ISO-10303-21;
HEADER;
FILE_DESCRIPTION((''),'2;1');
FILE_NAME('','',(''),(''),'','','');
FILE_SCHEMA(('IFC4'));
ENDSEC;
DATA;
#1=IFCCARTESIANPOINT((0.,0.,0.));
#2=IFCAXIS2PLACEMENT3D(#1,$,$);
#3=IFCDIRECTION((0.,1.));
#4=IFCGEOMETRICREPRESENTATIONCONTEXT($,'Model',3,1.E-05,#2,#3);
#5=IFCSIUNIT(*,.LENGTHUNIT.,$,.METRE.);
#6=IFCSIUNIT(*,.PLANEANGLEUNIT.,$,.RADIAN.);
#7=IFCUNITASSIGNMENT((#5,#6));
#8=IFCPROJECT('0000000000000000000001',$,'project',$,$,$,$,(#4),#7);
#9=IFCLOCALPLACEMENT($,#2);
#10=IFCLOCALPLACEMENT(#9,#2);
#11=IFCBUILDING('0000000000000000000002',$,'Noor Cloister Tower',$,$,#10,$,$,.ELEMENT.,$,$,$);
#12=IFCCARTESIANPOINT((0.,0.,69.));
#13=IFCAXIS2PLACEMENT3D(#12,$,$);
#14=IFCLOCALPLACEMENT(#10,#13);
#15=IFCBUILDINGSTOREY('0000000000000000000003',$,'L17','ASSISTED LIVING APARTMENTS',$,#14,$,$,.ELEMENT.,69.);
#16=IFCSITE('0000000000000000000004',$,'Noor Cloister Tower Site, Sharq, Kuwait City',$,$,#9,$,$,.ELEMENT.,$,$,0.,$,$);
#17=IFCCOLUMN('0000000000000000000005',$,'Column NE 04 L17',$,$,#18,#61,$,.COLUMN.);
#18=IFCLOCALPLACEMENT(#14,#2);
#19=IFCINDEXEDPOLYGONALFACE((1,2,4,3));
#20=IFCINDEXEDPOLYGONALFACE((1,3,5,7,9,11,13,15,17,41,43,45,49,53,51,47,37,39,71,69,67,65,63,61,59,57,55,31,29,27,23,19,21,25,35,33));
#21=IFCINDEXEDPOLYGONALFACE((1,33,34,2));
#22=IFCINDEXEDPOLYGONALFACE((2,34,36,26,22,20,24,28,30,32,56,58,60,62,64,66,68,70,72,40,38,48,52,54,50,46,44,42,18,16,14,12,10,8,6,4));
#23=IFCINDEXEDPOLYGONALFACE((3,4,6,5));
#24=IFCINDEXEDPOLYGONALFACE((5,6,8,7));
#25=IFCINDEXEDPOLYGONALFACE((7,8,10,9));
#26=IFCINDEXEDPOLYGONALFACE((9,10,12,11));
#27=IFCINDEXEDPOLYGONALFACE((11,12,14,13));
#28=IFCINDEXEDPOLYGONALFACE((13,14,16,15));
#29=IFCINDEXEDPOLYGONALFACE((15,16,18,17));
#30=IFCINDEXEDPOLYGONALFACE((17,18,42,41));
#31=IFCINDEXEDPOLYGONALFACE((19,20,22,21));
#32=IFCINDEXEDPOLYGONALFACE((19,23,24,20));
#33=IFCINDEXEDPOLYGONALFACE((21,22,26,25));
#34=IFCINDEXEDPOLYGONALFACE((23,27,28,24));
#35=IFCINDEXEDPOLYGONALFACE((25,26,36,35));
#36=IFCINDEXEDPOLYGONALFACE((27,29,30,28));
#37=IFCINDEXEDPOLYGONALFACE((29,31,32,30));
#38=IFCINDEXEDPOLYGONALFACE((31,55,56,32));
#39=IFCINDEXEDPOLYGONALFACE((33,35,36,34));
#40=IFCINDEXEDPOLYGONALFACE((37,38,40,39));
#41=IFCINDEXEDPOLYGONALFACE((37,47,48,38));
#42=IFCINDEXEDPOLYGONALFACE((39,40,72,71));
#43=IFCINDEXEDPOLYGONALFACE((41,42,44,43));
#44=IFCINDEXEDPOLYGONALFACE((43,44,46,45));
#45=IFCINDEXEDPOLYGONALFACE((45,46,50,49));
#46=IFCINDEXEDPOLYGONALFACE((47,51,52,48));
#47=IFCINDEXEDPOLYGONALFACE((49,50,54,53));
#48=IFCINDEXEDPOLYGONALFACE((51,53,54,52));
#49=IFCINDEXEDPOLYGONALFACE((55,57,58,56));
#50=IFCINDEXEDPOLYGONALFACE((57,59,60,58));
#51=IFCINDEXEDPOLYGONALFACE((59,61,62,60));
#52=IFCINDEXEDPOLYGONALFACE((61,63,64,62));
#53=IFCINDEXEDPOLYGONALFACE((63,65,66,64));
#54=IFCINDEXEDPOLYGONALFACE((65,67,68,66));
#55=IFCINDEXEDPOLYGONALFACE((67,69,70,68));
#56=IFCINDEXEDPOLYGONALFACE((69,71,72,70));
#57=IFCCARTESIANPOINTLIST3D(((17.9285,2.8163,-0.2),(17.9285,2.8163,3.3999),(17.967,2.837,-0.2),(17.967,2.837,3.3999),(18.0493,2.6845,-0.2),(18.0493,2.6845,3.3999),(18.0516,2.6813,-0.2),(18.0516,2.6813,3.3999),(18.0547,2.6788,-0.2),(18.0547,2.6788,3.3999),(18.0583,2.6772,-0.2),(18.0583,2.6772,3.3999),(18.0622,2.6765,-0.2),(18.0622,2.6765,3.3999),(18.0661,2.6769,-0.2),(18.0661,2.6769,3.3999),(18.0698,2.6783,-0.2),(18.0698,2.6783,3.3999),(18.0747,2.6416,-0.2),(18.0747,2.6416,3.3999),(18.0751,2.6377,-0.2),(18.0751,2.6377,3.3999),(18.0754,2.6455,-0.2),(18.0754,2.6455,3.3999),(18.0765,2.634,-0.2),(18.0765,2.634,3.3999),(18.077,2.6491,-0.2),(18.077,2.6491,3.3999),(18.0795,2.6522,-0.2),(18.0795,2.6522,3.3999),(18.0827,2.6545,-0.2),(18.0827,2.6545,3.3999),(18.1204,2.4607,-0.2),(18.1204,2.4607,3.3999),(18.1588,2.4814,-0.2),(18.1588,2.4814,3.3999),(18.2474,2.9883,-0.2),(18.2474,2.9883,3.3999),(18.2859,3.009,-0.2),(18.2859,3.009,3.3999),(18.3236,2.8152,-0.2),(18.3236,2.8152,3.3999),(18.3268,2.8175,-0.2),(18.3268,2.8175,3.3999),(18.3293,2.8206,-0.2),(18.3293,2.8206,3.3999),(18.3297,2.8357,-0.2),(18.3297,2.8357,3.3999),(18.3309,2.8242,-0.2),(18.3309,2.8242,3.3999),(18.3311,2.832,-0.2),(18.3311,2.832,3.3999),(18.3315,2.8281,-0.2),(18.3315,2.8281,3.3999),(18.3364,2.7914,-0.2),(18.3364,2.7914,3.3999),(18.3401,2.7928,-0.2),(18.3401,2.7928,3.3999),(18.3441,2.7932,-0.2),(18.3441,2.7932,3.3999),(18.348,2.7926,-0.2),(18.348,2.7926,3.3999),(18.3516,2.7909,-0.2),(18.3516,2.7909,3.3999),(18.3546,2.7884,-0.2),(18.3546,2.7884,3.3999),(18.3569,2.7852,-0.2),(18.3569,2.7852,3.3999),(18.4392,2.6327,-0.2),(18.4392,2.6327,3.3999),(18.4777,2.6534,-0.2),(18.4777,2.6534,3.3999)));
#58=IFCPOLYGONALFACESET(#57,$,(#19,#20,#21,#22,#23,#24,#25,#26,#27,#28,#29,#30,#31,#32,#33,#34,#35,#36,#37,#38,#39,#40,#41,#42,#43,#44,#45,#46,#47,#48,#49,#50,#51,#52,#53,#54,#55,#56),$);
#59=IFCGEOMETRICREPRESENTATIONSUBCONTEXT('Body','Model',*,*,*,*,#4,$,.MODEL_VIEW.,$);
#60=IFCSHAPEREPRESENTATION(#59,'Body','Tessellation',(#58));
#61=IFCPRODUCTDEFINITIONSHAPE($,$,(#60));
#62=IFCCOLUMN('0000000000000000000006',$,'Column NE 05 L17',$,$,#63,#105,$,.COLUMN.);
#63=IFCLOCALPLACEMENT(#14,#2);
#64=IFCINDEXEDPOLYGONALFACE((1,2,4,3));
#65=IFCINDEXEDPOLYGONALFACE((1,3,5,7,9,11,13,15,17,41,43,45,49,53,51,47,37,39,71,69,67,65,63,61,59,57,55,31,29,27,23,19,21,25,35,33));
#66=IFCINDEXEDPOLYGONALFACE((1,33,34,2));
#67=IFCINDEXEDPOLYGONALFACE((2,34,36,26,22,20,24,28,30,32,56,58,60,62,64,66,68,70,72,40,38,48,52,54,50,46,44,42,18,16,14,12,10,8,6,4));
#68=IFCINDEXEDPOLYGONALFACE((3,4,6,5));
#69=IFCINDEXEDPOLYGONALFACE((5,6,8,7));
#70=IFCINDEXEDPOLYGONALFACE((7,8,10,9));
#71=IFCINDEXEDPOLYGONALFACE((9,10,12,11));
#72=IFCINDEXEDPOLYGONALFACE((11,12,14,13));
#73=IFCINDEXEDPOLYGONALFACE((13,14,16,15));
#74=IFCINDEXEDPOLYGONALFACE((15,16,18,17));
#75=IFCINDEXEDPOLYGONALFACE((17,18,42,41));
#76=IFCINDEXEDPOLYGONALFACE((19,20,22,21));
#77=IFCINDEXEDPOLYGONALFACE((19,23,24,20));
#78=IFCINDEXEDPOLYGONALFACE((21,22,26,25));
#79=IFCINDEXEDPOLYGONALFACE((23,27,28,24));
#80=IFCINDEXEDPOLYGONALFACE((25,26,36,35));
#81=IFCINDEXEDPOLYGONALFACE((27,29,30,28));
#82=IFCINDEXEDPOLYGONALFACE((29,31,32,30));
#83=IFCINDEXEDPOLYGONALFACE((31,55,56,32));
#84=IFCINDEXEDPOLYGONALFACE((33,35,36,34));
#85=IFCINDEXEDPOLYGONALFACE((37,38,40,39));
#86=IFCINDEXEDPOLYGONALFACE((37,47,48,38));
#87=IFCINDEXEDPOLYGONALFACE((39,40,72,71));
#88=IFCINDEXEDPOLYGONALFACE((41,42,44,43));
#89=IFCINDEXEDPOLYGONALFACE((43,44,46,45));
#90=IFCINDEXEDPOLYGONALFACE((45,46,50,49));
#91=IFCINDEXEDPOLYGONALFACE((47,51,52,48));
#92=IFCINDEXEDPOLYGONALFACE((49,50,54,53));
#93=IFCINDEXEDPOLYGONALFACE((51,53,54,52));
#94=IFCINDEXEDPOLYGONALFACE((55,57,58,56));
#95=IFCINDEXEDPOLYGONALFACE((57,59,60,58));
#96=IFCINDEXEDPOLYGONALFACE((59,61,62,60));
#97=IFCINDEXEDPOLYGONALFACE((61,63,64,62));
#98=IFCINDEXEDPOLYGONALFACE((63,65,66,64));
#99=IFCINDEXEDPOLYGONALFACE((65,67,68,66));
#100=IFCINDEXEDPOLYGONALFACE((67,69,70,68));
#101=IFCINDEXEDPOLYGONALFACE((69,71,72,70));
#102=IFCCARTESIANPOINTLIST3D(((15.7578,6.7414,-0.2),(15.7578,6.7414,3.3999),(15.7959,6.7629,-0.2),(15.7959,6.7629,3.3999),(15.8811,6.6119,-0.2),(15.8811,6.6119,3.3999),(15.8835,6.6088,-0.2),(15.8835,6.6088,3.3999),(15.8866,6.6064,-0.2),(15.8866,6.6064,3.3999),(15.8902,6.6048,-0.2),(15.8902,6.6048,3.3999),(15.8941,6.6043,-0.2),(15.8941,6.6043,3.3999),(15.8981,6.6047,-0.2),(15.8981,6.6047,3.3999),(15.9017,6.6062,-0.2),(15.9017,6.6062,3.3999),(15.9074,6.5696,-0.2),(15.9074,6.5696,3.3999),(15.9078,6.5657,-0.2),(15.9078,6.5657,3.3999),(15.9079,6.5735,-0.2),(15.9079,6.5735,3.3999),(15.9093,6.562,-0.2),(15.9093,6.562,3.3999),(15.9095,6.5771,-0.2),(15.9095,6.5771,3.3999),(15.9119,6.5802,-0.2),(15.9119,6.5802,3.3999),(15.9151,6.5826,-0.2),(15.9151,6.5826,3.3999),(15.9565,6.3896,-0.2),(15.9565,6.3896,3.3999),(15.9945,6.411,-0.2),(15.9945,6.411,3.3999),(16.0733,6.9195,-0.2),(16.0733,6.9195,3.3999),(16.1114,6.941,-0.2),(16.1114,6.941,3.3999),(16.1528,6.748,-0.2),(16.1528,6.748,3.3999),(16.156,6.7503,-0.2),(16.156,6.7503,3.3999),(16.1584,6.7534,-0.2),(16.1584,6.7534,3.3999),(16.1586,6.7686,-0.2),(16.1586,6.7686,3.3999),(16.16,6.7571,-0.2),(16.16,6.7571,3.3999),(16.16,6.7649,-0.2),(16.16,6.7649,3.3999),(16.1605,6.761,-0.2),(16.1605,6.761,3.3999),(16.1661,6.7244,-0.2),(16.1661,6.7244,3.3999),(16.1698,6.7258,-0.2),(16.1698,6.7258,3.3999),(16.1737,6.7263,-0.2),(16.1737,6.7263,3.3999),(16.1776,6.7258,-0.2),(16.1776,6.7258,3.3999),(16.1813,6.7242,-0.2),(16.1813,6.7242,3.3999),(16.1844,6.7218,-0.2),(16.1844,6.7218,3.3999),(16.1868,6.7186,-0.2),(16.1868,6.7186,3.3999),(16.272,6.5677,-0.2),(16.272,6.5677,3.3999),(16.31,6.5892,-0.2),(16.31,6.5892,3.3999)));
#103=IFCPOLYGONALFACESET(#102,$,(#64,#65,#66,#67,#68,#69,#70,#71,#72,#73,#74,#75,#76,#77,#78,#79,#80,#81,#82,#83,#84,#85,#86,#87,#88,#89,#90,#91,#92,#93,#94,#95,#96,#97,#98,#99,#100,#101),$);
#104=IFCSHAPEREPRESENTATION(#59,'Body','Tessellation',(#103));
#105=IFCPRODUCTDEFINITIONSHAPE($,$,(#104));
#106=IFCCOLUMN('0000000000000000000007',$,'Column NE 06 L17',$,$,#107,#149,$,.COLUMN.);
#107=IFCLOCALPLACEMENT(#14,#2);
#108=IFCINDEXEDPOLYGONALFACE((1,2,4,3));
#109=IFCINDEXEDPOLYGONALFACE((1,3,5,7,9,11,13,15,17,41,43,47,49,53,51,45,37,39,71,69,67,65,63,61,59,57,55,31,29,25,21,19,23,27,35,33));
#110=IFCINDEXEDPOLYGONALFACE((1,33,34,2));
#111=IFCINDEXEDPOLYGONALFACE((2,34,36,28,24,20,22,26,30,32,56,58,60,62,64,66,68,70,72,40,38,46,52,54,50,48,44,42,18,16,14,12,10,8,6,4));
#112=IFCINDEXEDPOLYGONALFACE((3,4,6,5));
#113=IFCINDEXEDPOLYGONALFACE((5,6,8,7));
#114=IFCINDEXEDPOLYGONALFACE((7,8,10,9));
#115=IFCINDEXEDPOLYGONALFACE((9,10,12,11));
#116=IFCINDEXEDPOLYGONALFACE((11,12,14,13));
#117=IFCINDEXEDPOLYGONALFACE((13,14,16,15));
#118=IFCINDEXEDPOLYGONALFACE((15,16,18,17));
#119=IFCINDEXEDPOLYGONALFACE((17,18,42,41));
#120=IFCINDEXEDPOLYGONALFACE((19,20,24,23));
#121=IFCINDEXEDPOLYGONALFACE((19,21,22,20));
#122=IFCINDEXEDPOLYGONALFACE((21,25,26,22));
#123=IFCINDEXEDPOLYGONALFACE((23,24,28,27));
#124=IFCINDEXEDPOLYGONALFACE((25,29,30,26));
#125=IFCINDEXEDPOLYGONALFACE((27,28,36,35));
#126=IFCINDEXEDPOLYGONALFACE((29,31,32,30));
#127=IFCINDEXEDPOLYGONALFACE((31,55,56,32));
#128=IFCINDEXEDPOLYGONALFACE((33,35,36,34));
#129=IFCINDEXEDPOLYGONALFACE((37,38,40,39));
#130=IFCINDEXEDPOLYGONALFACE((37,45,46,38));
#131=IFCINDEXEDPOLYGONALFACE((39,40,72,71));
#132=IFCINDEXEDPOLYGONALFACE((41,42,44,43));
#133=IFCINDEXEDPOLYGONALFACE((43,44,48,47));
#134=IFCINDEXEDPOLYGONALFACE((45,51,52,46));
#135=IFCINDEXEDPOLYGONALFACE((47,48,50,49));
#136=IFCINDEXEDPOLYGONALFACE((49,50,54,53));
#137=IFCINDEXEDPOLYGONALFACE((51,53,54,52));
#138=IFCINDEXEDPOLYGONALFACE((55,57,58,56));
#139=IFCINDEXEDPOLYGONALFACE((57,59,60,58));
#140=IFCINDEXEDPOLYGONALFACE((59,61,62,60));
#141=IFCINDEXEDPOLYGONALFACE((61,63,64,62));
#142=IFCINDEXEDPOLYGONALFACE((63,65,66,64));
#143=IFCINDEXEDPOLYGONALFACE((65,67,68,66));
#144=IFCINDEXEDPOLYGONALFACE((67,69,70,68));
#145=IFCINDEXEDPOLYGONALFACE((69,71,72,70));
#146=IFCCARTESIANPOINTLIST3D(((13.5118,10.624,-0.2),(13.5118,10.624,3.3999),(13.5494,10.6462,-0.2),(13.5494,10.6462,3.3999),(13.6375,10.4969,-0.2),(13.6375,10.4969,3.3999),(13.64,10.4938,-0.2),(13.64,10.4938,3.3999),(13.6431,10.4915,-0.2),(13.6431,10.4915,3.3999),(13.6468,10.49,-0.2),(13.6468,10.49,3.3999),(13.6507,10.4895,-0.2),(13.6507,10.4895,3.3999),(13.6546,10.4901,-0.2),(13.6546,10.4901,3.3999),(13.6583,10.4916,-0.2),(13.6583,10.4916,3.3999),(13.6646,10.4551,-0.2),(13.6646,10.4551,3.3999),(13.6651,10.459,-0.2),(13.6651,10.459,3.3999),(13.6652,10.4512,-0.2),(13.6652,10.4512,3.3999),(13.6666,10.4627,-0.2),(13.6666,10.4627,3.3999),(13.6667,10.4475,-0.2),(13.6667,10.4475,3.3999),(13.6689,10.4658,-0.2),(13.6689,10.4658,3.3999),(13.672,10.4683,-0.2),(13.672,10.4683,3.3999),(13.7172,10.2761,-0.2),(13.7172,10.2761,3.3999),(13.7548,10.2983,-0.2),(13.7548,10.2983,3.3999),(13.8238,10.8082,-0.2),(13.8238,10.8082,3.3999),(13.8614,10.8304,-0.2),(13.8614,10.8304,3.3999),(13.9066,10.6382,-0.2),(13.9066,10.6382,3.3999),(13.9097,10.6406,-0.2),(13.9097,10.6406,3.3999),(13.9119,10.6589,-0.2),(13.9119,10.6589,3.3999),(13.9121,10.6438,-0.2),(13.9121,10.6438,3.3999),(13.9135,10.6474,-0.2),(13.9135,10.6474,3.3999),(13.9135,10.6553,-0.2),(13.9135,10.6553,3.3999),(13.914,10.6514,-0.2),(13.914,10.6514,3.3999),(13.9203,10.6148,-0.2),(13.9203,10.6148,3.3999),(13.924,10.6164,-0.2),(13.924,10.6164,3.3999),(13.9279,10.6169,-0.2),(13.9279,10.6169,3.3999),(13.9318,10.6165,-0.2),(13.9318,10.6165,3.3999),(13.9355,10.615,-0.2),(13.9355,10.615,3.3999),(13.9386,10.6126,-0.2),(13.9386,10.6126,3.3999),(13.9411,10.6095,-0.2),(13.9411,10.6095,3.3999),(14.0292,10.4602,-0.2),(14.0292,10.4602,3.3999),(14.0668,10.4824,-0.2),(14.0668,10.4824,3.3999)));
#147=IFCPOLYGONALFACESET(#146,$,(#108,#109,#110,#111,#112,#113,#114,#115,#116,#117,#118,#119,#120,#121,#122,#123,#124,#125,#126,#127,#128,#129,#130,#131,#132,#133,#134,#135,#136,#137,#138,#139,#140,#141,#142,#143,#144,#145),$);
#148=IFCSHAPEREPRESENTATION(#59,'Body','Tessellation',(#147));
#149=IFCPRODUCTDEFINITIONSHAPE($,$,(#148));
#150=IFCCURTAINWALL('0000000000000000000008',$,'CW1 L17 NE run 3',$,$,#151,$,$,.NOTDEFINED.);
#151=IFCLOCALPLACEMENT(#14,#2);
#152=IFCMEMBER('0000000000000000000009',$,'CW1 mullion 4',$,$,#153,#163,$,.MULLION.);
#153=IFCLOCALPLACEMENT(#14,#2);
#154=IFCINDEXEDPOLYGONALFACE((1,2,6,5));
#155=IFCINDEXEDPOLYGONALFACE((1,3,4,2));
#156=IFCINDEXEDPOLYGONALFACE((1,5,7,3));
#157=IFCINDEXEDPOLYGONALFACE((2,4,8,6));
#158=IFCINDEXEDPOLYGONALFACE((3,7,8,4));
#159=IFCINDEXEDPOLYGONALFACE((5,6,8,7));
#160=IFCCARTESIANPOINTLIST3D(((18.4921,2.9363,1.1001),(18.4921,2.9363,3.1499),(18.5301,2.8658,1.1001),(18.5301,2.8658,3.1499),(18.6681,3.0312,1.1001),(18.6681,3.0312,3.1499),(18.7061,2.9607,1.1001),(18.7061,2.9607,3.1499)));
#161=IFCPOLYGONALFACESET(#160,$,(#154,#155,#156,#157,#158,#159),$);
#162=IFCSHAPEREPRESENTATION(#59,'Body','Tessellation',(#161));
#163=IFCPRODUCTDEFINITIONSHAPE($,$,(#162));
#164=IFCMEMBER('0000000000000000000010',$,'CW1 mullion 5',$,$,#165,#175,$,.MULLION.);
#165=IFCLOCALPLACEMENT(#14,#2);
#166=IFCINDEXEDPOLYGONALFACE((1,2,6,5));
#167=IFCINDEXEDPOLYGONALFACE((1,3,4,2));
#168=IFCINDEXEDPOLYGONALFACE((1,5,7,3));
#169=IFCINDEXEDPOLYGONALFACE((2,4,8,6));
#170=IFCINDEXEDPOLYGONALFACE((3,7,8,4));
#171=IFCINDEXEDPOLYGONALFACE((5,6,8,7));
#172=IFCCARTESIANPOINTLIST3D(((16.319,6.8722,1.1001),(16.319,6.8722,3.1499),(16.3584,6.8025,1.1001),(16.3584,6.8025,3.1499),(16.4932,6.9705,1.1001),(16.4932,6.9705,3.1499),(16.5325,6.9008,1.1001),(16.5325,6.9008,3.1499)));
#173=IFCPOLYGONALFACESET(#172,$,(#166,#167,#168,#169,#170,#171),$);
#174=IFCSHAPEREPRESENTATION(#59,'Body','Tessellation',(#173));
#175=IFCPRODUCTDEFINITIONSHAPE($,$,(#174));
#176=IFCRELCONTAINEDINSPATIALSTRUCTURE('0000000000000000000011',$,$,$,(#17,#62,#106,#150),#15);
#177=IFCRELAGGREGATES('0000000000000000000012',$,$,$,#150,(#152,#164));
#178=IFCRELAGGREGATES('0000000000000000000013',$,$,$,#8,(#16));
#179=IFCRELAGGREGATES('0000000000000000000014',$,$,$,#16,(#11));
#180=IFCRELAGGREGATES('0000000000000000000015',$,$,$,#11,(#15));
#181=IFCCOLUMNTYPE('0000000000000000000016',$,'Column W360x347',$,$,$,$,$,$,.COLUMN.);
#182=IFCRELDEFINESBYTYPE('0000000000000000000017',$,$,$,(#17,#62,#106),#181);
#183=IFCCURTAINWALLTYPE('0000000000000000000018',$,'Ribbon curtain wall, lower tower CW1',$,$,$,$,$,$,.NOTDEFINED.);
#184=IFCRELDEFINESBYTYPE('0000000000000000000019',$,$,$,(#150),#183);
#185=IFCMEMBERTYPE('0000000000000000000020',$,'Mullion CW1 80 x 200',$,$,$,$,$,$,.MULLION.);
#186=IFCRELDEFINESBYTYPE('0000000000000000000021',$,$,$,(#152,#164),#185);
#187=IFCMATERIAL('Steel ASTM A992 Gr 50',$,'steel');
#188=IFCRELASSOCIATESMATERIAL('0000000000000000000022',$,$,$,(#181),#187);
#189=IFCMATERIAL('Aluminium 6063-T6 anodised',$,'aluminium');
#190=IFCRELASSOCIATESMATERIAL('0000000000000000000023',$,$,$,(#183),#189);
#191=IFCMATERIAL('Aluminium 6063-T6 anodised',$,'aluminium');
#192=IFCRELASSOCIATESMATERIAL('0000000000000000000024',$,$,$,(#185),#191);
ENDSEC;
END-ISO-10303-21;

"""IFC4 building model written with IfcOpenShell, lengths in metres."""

from ifc_helpers import new_model, si_unit, direction, frame, origin, origin_2d, place, context, subcontext, project, spatial, rectangle, i_section, extrude, material, material_profile, profile_set, type_object, element, aggregate, save


model = new_model("IFC4")

# Units and contexts
model_context = context("Model", 3, precision=1e-05, world=origin(), true_north=direction((0.0, 1.0)))
body_context = subcontext(model_context, "Body", "Model", "MODEL_VIEW")
ifc_project = project(units=[si_unit("LENGTHUNIT", "METRE"), si_unit("PLANEANGLEUNIT", "RADIAN")], contexts=[model_context])

# Site, building, storey
site_placement = place(None, origin())
site = spatial("IfcSite", under=ifc_project, at=site_placement, Name="Noor Cloister Tower Site, Sharq, Kuwait City", CompositionType="ELEMENT", RefElevation=0.0)
building_placement = place(site_placement, origin())
building = spatial("IfcBuilding", under=site, at=building_placement, Name="Noor Cloister Tower", CompositionType="ELEMENT")
storey_placement = place(building_placement, frame((0.0, 0.0, 69.0)))
storey = spatial("IfcBuildingStorey", under=building, at=storey_placement, Name="L17", Description="ASSISTED LIVING APARTMENTS", CompositionType="ELEMENT", Elevation=69.0)

# Columns
ifc_material_1 = material(Name="Steel ASTM A992 Gr 50", Category="steel")
ifc_material_profile_1 = material_profile(ifc_material_1, i_section(OverallWidth=0.4041, OverallDepth=0.406, WebThickness=0.0271, FlangeThickness=0.0437, FilletRadius=0.0151, at=origin_2d()), Name="W360x347")
ifc_profile_set_1 = profile_set([ifc_material_profile_1], Name="Steel ASTM A992 Gr 50")
column_type = type_object("IfcColumnType", Name="Column W360x347", PredefinedType="COLUMN", material=ifc_profile_set_1)
for number, where, z_axis, x_axis, name in (
    (1, (18.2031, 2.7349, -0.2), (0.0, 0.0, 1.0), (-0.474733, 0.88013, 0.0), "Column NE 04 L17"),
    (2, (16.0339, 6.6653, -0.2), (0.0, 0.0, 1.0), (-0.491623, 0.870808, 0.0), "Column NE 05 L17"),
    (3, (13.7893, 10.5532, -0.2), (0.0, 0.0, 1.0), (-0.50833, 0.861162, 0.0), "Column NE 06 L17"),
):
    element("IfcColumn", number, at=place(storey_placement, frame(where, z_axis=z_axis, x_axis=x_axis)), inside=storey, type_object=column_type, Name=name, PredefinedType="COLUMN", context=body_context, shape_type="SweptSolid", body=[
        extrude(i_section(OverallWidth=0.4041, OverallDepth=0.406, WebThickness=0.0271, FlangeThickness=0.0437, FilletRadius=0.0151, at=origin_2d()), origin(), (0.0, 0.0, 1.0), 3.5999),
    ])

# Curtain wall, members
ifc_material_2 = material(Name="Aluminium 6063-T6 anodised", Category="aluminium")
curtain_wall_type = type_object("IfcCurtainWallType", Name="Ribbon curtain wall, lower tower CW1", PredefinedType="NOTDEFINED", material=ifc_material_2)
curtain_wall_placement = place(storey_placement, origin())
curtain_wall = element("IfcCurtainWall", 4, at=curtain_wall_placement, inside=storey, type_object=curtain_wall_type, Name="CW1 L17 NE run 3", PredefinedType="NOTDEFINED")
ifc_material_3 = material(Name="Aluminium 6063-T6 anodised", Category="aluminium")
ifc_material_profile_2 = material_profile(ifc_material_3, rectangle(XDim=0.2, YDim=0.0801, at=origin_2d()), Name="200 x 80 mullion")
ifc_profile_set_2 = profile_set([ifc_material_profile_2], Name="Aluminium 6063-T6 anodised")
member_type = type_object("IfcMemberType", Name="Mullion CW1 80 x 200", PredefinedType="MULLION", material=ifc_profile_set_2)
member_1_placement = place(storey_placement, frame((18.5991, 2.9485, 1.1001), z_axis=(0.0, 0.0, 1.0), x_axis=(-0.88013, -0.474733, 0.0)))
member_1 = element("IfcMember", 5, at=member_1_placement, type_object=member_type, Name="CW1 mullion 4", PredefinedType="MULLION", context=body_context, shape_type="SweptSolid", body=[
    extrude(rectangle(XDim=0.2, YDim=0.0801, at=origin_2d()), origin(), (0.0, 0.0, 1.0), 2.0498),
])
member_2_placement = place(storey_placement, frame((16.4258, 6.8865, 1.1001), z_axis=(0.0, 0.0, 1.0), x_axis=(-0.870808, -0.491623, 0.0)))
member_2 = element("IfcMember", 6, at=member_2_placement, type_object=member_type, Name="CW1 mullion 5", PredefinedType="MULLION", context=body_context, shape_type="SweptSolid", body=[
    extrude(rectangle(XDim=0.2, YDim=0.0801, at=origin_2d()), origin(), (0.0, 0.0, 1.0), 2.0498),
])

aggregate(curtain_wall, [member_1, member_2])

save(model, "model.ifc")
